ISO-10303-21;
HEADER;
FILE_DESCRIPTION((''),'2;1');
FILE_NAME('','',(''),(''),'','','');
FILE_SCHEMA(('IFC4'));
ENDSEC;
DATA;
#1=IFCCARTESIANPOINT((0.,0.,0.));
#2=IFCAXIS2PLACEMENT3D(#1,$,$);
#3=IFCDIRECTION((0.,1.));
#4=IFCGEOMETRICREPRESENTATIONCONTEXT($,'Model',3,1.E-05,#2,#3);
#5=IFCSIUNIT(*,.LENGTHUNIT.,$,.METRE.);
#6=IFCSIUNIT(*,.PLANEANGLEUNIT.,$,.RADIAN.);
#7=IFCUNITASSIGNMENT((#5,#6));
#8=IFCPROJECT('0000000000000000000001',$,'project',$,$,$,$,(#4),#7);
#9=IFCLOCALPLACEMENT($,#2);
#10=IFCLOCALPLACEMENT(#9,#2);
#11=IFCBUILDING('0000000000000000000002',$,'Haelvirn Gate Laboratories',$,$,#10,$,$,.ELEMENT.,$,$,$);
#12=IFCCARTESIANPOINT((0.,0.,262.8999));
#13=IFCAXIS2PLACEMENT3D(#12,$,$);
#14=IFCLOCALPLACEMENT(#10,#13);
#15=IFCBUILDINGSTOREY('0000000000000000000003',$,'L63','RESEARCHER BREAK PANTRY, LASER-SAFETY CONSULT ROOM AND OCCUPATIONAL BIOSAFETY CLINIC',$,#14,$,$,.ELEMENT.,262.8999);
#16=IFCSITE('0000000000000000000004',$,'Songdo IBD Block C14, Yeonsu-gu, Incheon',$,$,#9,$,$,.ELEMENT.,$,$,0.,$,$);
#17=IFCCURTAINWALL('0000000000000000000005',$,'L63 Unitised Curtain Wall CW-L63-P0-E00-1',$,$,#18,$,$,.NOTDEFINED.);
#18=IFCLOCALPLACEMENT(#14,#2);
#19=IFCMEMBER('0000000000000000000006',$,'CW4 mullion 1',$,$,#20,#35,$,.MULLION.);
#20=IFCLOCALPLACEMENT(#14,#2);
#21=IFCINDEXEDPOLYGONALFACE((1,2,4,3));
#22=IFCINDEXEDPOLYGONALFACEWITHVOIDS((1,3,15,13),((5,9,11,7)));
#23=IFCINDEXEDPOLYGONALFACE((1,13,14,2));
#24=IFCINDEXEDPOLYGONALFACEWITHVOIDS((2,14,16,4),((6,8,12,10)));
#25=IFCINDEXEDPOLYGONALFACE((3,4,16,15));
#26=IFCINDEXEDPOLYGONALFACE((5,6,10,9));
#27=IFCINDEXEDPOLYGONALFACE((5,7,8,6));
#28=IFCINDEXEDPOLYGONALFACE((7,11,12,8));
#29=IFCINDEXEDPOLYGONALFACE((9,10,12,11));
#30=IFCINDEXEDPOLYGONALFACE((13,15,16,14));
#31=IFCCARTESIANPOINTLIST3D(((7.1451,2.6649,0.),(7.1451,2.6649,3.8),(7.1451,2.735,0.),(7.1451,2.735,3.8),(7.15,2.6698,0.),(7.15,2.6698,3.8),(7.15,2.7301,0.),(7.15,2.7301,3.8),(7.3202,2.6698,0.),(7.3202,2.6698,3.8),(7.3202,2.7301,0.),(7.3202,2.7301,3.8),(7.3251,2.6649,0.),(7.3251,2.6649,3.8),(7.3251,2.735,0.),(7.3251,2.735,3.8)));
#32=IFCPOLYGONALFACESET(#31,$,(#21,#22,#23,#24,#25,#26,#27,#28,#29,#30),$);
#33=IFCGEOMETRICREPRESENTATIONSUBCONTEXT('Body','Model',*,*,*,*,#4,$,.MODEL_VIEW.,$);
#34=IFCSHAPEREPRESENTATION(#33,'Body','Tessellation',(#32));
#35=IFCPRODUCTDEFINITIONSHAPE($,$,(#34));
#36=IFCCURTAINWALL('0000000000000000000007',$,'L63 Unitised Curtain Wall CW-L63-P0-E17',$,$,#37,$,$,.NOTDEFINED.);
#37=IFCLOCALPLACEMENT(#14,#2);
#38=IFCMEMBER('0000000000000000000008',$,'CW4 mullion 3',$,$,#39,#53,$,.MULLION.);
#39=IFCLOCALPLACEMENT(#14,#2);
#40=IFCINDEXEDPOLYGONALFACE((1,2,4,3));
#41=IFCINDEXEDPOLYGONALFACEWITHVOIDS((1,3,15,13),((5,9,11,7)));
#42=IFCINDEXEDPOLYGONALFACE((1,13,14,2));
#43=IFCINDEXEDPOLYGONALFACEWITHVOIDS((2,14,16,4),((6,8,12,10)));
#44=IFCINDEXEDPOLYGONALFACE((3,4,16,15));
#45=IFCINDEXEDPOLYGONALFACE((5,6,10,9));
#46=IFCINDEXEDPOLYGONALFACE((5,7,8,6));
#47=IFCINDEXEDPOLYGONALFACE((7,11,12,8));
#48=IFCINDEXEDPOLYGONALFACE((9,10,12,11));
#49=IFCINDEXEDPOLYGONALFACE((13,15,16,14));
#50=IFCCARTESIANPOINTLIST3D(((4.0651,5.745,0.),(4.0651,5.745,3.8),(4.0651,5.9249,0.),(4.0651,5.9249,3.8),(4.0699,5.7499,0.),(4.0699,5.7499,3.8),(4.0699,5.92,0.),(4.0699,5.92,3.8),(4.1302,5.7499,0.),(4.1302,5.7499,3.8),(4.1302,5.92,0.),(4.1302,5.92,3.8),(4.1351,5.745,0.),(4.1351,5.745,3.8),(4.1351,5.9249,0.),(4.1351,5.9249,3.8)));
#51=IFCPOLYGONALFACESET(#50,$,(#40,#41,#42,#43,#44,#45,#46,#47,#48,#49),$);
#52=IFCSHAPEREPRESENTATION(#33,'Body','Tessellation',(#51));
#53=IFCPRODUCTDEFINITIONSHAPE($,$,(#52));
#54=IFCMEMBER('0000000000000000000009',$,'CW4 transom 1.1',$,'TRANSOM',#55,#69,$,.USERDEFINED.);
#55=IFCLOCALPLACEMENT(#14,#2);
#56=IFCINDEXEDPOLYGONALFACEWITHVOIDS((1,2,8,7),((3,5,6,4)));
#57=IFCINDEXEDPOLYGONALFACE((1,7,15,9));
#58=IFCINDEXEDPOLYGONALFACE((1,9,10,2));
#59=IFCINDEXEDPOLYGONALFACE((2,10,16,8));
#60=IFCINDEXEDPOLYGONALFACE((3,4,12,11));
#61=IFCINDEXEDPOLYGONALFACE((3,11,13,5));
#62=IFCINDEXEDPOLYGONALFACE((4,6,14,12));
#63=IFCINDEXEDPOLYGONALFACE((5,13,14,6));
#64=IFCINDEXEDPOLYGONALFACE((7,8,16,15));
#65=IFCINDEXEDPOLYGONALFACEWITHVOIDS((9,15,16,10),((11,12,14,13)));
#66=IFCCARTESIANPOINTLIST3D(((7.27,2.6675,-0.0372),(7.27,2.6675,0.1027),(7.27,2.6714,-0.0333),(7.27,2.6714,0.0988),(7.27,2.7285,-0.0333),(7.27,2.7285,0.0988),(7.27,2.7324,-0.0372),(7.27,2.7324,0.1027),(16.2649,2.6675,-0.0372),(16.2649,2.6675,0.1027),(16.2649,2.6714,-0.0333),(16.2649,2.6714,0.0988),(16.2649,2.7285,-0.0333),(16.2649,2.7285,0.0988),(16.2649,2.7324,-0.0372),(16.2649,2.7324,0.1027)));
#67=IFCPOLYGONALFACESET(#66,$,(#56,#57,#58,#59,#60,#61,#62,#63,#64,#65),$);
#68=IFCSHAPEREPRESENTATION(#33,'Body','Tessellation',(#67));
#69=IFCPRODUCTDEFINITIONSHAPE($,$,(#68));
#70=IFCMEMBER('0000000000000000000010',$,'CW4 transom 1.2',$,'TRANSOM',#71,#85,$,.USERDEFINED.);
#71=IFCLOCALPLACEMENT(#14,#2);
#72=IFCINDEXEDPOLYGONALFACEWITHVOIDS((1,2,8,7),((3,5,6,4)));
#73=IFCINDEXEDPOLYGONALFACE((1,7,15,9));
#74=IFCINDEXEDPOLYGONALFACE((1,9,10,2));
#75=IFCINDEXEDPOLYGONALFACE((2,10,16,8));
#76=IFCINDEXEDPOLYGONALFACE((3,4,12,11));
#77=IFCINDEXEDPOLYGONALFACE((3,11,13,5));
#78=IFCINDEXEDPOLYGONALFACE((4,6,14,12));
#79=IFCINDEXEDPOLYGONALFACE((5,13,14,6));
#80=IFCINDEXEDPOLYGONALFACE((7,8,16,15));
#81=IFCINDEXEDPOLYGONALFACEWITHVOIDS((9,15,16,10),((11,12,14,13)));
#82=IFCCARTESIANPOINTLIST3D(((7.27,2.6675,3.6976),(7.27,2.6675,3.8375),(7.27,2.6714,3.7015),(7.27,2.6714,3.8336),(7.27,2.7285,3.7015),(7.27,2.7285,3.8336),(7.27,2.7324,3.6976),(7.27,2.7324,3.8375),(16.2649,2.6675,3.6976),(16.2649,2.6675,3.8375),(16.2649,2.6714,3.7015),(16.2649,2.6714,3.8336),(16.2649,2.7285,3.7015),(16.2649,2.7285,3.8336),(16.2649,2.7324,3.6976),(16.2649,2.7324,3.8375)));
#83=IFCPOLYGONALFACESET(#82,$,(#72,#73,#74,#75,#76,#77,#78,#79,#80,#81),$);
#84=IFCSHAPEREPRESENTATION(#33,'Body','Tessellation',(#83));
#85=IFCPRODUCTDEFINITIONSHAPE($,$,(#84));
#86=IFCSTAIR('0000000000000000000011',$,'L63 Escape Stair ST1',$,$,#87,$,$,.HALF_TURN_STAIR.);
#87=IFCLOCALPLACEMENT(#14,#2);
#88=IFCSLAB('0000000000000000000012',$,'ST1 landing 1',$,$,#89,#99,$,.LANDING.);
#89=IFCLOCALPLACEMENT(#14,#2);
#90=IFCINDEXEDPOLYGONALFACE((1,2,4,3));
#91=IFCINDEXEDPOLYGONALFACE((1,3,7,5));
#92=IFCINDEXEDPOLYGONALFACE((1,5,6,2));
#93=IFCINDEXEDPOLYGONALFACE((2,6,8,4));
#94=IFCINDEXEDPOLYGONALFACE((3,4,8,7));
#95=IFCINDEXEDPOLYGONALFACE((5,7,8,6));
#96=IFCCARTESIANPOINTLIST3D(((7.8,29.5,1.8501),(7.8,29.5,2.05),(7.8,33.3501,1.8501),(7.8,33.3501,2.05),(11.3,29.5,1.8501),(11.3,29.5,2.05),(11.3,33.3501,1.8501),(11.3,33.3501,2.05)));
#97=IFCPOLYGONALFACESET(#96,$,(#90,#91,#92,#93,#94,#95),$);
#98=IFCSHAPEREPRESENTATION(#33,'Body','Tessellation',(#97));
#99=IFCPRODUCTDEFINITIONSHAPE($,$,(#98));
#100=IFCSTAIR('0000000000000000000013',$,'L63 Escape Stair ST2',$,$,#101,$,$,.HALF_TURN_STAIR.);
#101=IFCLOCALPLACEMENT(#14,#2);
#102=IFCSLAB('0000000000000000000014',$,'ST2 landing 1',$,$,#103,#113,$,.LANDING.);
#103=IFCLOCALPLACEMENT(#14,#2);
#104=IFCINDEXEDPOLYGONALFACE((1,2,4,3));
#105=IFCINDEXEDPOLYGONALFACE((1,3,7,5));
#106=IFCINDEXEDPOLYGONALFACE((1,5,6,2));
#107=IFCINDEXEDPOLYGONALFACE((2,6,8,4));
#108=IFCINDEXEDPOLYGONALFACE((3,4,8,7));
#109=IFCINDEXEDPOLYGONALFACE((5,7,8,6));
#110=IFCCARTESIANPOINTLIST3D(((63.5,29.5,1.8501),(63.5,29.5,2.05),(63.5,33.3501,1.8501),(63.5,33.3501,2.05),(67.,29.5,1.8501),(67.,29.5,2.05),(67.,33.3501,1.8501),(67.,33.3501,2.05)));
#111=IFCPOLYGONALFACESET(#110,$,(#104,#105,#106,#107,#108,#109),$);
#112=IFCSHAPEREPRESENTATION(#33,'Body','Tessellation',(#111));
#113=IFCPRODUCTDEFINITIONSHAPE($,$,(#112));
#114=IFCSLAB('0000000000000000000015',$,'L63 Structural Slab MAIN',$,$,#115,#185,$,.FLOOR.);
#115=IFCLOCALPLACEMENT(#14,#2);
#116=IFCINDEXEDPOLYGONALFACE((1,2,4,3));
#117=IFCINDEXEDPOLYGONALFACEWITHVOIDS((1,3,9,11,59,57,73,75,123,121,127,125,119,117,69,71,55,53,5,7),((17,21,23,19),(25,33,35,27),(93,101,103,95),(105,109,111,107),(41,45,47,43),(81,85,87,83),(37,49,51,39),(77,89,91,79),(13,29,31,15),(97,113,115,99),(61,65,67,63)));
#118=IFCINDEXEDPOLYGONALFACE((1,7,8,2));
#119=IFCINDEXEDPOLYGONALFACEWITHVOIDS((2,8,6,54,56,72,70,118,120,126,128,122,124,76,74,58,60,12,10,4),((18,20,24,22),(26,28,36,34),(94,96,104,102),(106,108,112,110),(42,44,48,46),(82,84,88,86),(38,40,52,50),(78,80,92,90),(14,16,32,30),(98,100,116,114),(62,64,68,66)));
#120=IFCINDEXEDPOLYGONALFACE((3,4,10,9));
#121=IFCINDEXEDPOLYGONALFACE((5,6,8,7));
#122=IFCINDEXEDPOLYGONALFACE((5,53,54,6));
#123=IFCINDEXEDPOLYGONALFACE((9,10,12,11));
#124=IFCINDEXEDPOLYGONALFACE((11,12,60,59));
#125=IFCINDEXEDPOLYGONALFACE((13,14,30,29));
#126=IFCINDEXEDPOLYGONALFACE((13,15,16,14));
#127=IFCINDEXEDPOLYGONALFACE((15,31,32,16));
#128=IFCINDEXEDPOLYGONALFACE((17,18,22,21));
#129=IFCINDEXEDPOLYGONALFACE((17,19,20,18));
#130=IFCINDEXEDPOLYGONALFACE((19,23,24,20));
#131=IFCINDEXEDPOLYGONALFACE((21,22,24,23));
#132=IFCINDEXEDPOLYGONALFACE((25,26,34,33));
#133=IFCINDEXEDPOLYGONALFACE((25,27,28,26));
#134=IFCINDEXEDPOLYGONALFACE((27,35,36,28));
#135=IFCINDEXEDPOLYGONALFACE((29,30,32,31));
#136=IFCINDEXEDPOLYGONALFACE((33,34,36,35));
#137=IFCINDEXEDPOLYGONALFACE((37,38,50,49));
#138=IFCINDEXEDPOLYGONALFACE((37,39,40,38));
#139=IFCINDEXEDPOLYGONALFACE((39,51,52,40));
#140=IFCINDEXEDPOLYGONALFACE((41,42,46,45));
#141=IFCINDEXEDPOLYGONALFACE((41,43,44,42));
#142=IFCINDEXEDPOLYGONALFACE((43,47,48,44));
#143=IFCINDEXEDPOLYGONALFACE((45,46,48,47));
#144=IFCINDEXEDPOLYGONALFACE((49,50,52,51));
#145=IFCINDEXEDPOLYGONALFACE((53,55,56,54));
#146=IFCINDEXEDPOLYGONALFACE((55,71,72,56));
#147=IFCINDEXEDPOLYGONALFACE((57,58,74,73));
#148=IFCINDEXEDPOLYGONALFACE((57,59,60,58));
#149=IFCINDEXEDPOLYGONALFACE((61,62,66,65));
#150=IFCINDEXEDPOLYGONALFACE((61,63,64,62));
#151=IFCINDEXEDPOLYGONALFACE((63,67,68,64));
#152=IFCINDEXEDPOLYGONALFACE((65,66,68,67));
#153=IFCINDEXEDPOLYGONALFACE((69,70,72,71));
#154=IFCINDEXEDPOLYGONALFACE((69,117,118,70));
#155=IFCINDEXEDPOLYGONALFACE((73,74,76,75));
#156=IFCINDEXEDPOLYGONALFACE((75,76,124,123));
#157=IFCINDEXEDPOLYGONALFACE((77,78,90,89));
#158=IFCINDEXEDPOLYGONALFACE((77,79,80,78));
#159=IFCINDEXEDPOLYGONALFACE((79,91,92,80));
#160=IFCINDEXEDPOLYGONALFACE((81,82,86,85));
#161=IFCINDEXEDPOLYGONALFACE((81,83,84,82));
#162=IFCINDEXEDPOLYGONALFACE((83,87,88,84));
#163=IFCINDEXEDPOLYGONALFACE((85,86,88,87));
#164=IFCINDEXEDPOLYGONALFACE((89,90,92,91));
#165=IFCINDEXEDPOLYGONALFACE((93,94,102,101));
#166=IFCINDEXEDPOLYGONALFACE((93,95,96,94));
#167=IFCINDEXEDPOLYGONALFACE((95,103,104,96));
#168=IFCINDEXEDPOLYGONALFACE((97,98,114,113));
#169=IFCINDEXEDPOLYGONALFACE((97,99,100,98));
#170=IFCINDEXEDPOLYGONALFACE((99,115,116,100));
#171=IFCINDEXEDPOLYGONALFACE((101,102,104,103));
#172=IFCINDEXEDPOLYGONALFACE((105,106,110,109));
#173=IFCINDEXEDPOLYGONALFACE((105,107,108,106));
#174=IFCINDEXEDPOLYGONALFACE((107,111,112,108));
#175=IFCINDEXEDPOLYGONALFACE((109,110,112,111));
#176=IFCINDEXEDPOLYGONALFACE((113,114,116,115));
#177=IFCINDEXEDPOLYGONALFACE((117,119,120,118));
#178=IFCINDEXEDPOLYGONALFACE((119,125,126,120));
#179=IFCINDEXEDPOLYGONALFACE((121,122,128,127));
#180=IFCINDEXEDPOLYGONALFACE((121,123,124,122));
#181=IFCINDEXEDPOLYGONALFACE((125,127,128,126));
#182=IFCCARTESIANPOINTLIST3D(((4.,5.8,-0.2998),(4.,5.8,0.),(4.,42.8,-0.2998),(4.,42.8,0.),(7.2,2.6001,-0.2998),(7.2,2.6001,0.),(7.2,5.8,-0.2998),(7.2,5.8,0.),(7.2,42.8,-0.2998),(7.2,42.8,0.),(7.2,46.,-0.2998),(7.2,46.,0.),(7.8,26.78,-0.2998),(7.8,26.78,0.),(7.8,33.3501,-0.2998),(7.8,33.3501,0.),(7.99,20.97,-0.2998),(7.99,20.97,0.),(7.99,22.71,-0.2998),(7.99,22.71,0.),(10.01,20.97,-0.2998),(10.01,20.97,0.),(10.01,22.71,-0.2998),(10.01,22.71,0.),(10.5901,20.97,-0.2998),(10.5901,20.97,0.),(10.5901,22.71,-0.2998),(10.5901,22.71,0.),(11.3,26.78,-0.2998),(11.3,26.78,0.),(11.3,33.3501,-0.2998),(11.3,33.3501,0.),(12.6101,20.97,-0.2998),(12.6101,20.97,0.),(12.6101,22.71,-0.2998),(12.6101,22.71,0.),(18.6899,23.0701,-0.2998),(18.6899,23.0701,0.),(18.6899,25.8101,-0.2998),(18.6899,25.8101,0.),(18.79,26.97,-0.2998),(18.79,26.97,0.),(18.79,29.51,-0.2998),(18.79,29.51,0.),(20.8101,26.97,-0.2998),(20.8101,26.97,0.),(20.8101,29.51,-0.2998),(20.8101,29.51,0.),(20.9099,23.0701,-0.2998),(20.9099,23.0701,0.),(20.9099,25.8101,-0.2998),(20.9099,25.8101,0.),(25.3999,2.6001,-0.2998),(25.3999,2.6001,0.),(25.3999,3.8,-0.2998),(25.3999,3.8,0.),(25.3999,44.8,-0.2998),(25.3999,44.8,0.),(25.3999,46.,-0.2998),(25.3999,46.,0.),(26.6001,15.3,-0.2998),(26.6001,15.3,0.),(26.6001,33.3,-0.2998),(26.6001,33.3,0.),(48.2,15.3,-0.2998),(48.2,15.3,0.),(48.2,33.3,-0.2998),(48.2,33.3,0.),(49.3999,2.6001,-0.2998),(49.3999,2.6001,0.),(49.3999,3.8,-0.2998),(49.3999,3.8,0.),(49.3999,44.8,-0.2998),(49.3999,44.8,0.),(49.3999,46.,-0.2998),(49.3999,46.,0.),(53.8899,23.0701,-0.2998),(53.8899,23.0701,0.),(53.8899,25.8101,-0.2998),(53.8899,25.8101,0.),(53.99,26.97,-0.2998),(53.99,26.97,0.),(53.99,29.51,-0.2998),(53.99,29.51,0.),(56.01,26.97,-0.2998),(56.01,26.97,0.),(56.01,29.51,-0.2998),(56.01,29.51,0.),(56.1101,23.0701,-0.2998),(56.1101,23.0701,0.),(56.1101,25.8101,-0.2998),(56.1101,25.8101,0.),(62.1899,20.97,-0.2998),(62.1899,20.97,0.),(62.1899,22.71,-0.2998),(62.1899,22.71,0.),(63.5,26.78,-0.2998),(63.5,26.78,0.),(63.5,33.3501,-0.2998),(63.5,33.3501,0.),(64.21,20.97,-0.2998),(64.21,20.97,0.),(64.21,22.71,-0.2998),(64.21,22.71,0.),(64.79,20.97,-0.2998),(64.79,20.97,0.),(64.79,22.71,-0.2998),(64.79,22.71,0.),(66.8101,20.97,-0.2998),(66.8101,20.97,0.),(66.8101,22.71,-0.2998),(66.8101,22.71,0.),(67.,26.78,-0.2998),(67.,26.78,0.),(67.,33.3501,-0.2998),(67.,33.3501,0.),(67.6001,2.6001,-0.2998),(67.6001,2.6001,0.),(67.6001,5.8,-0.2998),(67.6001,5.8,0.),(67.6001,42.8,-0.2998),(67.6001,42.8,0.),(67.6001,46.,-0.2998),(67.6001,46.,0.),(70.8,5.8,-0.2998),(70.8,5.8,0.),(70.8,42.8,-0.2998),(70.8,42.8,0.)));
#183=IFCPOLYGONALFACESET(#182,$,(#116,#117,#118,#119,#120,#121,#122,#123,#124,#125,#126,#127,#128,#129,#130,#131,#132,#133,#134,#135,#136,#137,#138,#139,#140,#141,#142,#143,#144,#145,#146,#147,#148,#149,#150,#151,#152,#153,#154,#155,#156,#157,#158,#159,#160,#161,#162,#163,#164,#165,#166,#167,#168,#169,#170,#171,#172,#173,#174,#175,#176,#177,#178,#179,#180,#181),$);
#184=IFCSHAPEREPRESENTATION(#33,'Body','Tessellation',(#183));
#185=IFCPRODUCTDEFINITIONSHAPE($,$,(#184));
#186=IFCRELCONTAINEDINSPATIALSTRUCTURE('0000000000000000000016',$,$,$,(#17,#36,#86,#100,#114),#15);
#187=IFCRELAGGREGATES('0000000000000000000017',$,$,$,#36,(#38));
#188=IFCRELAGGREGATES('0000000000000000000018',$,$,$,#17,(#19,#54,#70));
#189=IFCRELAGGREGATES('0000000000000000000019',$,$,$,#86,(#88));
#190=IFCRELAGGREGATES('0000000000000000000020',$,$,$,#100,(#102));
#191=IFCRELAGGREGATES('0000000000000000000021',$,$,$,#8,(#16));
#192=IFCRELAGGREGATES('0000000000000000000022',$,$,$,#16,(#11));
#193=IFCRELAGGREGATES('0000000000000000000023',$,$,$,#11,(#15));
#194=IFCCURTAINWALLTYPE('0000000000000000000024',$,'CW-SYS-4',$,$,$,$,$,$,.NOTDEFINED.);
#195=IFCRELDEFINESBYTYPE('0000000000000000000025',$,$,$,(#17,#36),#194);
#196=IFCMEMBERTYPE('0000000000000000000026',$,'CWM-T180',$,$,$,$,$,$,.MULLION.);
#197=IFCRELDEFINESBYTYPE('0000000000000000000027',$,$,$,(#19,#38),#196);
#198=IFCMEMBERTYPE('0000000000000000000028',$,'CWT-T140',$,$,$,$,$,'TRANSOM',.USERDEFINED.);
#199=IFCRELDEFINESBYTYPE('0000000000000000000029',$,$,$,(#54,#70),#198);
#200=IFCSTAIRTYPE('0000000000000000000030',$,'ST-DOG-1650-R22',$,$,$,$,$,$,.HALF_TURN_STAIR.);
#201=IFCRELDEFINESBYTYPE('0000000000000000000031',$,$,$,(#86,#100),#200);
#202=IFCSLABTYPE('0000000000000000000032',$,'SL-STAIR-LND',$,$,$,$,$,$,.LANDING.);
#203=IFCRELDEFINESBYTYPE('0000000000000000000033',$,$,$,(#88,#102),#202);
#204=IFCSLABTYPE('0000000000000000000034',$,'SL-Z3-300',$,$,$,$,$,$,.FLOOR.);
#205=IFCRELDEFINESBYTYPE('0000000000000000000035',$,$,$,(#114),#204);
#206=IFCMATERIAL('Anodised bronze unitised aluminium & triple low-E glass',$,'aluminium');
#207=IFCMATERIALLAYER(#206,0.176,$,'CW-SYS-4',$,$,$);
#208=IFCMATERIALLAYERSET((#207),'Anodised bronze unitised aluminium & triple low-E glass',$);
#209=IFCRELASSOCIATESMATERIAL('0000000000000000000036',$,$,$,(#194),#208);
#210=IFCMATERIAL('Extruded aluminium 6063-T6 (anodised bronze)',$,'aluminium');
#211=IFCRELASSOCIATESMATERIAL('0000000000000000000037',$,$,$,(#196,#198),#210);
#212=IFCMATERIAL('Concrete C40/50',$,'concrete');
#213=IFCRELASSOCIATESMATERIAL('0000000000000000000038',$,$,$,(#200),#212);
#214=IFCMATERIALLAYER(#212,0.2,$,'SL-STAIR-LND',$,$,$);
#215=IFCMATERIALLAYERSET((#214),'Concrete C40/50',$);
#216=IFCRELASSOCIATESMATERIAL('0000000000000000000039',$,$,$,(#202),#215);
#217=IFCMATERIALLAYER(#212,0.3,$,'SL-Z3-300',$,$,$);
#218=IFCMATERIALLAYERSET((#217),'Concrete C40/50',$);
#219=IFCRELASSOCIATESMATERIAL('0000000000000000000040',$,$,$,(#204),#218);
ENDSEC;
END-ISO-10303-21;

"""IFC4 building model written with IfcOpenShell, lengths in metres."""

from ifc_helpers import new_model, si_unit, direction, frame, origin, origin_2d, place, context, subcontext, project, spatial, polyline, hollow_rectangle, outline, extrude, source, transform, mapped, material, layer, layer_set, material_profile, profile_set, type_object, type_shapes, element, aggregate, save


model = new_model("IFC4")

# Units and contexts
model_context = context("Model", 3, precision=1e-05, world=origin(), true_north=direction((0.0, 1.0)))
body_context = subcontext(model_context, "Body", "Model", "MODEL_VIEW")
ifc_project = project(units=[si_unit("LENGTHUNIT", "METRE"), si_unit("PLANEANGLEUNIT", "RADIAN")], contexts=[model_context])

# Site, building, storey
site_placement = place(None, origin())
site = spatial("IfcSite", under=ifc_project, at=site_placement, Name="Songdo IBD Block C14, Yeonsu-gu, Incheon", CompositionType="ELEMENT", RefElevation=0.0)
building_placement = place(site_placement, origin())
building = spatial("IfcBuilding", under=site, at=building_placement, Name="Haelvirn Gate Laboratories", CompositionType="ELEMENT")
storey_placement = place(building_placement, frame((0.0, 0.0, 262.8999)))
storey = spatial("IfcBuildingStorey", under=building, at=storey_placement, Name="L63", Description="RESEARCHER BREAK PANTRY, LASER-SAFETY CONSULT ROOM AND OCCUPATIONAL BIOSAFETY CLINIC", CompositionType="ELEMENT", Elevation=262.8999)

# Curtain walls, members
ifc_material_1 = material(Name="Anodised bronze unitised aluminium & triple low-E glass", Category="aluminium")
ifc_layer_1 = layer(ifc_material_1, 0.176, Name="CW-SYS-4")
ifc_layer_set_1 = layer_set([ifc_layer_1], Name="Anodised bronze unitised aluminium & triple low-E glass")
curtain_wall_type = type_object("IfcCurtainWallType", Name="CW-SYS-4", PredefinedType="NOTDEFINED", material=ifc_layer_set_1)
curtain_wall_1_placement = place(storey_placement, origin())
curtain_wall_1 = element("IfcCurtainWall", 1, at=curtain_wall_1_placement, inside=storey, type_object=curtain_wall_type, Name="L63 Unitised Curtain Wall CW-L63-P0-E00-1", PredefinedType="NOTDEFINED")
ifc_material_2 = material(Name="Extruded aluminium 6063-T6 (anodised bronze)", Category="aluminium")
ifc_material_profile_1 = material_profile(ifc_material_2, hollow_rectangle(XDim=0.0701, YDim=0.1799, WallThickness=0.0049, at=origin_2d()), Name="CWM-180x70x5")
ifc_profile_set_1 = profile_set([ifc_material_profile_1], Name="Extruded aluminium 6063-T6 (anodised bronze)")
member_type_1 = type_object("IfcMemberType", Name="CWM-T180", PredefinedType="MULLION", material=ifc_profile_set_1)
shared_shape_1 = source(origin(), body_context, "Body", "SweptSolid", [
    extrude(hollow_rectangle(XDim=0.0701, YDim=0.1799, WallThickness=0.0049, at=origin_2d()), origin(), (0.0, 0.0, 1.0), 3.8),
])
type_shapes(member_type_1, [shared_shape_1])
member_1_placement = place(storey_placement, frame((7.2351, 2.7, 0.0), z_axis=(0.0, 0.0, 1.0), x_axis=(0.0, 1.0, 0.0)))
member_1 = element("IfcMember", 2, at=member_1_placement, type_object=member_type_1, Name="CW4 mullion 1", PredefinedType="MULLION", context=body_context, shape_type="MappedRepresentation", body=[
    mapped(shared_shape_1, transform((0.0, 0.0, 0.0), scale=1.0)),
])
curtain_wall_2_placement = place(storey_placement, origin())
curtain_wall_2 = element("IfcCurtainWall", 3, at=curtain_wall_2_placement, inside=storey, type_object=curtain_wall_type, Name="L63 Unitised Curtain Wall CW-L63-P0-E17", PredefinedType="NOTDEFINED")
member_2_placement = place(storey_placement, frame((4.1001, 5.835, 0.0), z_axis=(0.0, 0.0, 1.0), x_axis=(1.0, 0.0, 0.0)))
member_2 = element("IfcMember", 4, at=member_2_placement, type_object=member_type_1, Name="CW4 mullion 3", PredefinedType="MULLION", context=body_context, shape_type="MappedRepresentation", body=[
    mapped(shared_shape_1, transform((0.0, 0.0, 0.0), scale=1.0)),
])
aggregate(curtain_wall_2, [member_2])

# Members
ifc_material_profile_2 = material_profile(ifc_material_2, hollow_rectangle(XDim=0.0649, YDim=0.1399, WallThickness=0.0039, at=origin_2d()), Name="CWT-140x65x4")
ifc_profile_set_2 = profile_set([ifc_material_profile_2], Name="Extruded aluminium 6063-T6 (anodised bronze)")
member_type_2 = type_object("IfcMemberType", Name="CWT-T140", ElementType="TRANSOM", PredefinedType="USERDEFINED", material=ifc_profile_set_2)
shared_shape_2 = source(origin(), body_context, "Body", "SweptSolid", [
    extrude(hollow_rectangle(XDim=0.0649, YDim=0.1399, WallThickness=0.0039, at=origin_2d()), origin(), (0.0, 0.0, 1.0), 8.9949),
])
type_shapes(member_type_2, [shared_shape_2])
member_3_placement = place(storey_placement, frame((7.27, 2.7, 0.0327), z_axis=(1.0, 0.0, 0.0), x_axis=(0.0, 1.0, 0.0)))
member_3 = element("IfcMember", 5, at=member_3_placement, type_object=member_type_2, Name="CW4 transom 1.1", ObjectType="TRANSOM", PredefinedType="USERDEFINED", context=body_context, shape_type="MappedRepresentation", body=[
    mapped(shared_shape_2, transform((0.0, 0.0, 0.0), scale=1.0)),
])
member_4_placement = place(storey_placement, frame((7.27, 2.7, 3.7676), z_axis=(1.0, 0.0, 0.0), x_axis=(0.0, 1.0, 0.0)))
member_4 = element("IfcMember", 6, at=member_4_placement, type_object=member_type_2, Name="CW4 transom 1.2", ObjectType="TRANSOM", PredefinedType="USERDEFINED", context=body_context, shape_type="MappedRepresentation", body=[
    mapped(shared_shape_2, transform((0.0, 0.0, 0.0), scale=1.0)),
])
aggregate(curtain_wall_1, [member_1, member_3, member_4])

# Stairs, slabs
ifc_material_3 = material(Name="Concrete C40/50", Category="concrete")
stair_type = type_object("IfcStairType", Name="ST-DOG-1650-R22", PredefinedType="HALF_TURN_STAIR", material=ifc_material_3)
stair_1_placement = place(storey_placement, origin())
stair_1 = element("IfcStair", 7, at=stair_1_placement, inside=storey, type_object=stair_type, Name="L63 Escape Stair ST1", PredefinedType="HALF_TURN_STAIR")
ifc_layer_2 = layer(ifc_material_3, 0.2, Name="SL-STAIR-LND")
ifc_layer_set_2 = layer_set([ifc_layer_2], Name="Concrete C40/50")
slab_type_1 = type_object("IfcSlabType", Name="SL-STAIR-LND", PredefinedType="LANDING", material=ifc_layer_set_2)
slab_1_placement = place(storey_placement, frame((0.0, 0.0, 1.8501)))
slab_1 = element("IfcSlab", 8, at=slab_1_placement, type_object=slab_type_1, Name="ST1 landing 1", PredefinedType="LANDING", context=body_context, shape_type="SweptSolid", body=[
    extrude(outline(polyline([(11.3, 29.5), (11.3, 33.3501), (7.8, 33.3501), (7.8, 29.5), (11.3, 29.5)])), origin(), (0.0, 0.0, 1.0), 0.2),
])
aggregate(stair_1, [slab_1])
stair_2_placement = place(storey_placement, origin())
stair_2 = element("IfcStair", 9, at=stair_2_placement, inside=storey, type_object=stair_type, Name="L63 Escape Stair ST2", PredefinedType="HALF_TURN_STAIR")
slab_2_placement = place(storey_placement, frame((0.0, 0.0, 1.8501)))
slab_2 = element("IfcSlab", 10, at=slab_2_placement, type_object=slab_type_1, Name="ST2 landing 1", PredefinedType="LANDING", context=body_context, shape_type="SweptSolid", body=[
    extrude(outline(polyline([(67.0, 29.5), (67.0, 33.3501), (63.5, 33.3501), (63.5, 29.5), (67.0, 29.5)])), origin(), (0.0, 0.0, 1.0), 0.2),
])
aggregate(stair_2, [slab_2])

# Slab
ifc_layer_3 = layer(ifc_material_3, 0.3, Name="SL-Z3-300")
ifc_layer_set_3 = layer_set([ifc_layer_3], Name="Concrete C40/50")
slab_type_2 = type_object("IfcSlabType", Name="SL-Z3-300", PredefinedType="FLOOR", material=ifc_layer_set_3)
slab_3_placement = place(storey_placement, frame((0.0, 0.0, -0.2998)))
element("IfcSlab", 11, at=slab_3_placement, inside=storey, type_object=slab_type_2, Name="L63 Structural Slab MAIN", PredefinedType="FLOOR", context=body_context, shape_type="SweptSolid", body=[
    extrude(outline(polyline([(7.2, 2.6001), (25.3999, 2.6001), (25.3999, 3.8), (49.3999, 3.8), (49.3999, 2.6001), (67.6001, 2.6001), (67.6001, 5.8), (70.8, 5.8), (70.8, 42.8), (67.6001, 42.8), (67.6001, 46.0), (49.3999, 46.0), (49.3999, 44.8), (25.3999, 44.8), (25.3999, 46.0), (7.2, 46.0), (7.2, 42.8), (4.0, 42.8), (4.0, 5.8), (7.2, 5.8), (7.2, 2.6001)]), holes=[polyline([(26.6001, 15.3), (48.2, 15.3), (48.2, 33.3), (26.6001, 33.3), (26.6001, 15.3)]), polyline([(11.3, 26.78), (11.3, 33.3501), (7.8, 33.3501), (7.8, 26.78), (11.3, 26.78)]), polyline([(67.0, 26.78), (67.0, 33.3501), (63.5, 33.3501), (63.5, 26.78), (67.0, 26.78)]), polyline([(7.99, 20.97), (10.01, 20.97), (10.01, 22.71), (7.99, 22.71), (7.99, 20.97)]), polyline([(10.5901, 20.97), (12.6101, 20.97), (12.6101, 22.71), (10.5901, 22.71), (10.5901, 20.97)]), polyline([(18.79, 26.97), (20.8101, 26.97), (20.8101, 29.51), (18.79, 29.51), (18.79, 26.97)]), polyline([(18.6899, 23.0701), (20.9099, 23.0701), (20.9099, 25.8101), (18.6899, 25.8101), (18.6899, 23.0701)]), polyline([(64.79, 20.97), (66.8101, 20.97), (66.8101, 22.71), (64.79, 22.71), (64.79, 20.97)]), polyline([(62.1899, 20.97), (64.21, 20.97), (64.21, 22.71), (62.1899, 22.71), (62.1899, 20.97)]), polyline([(53.99, 26.97), (56.01, 26.97), (56.01, 29.51), (53.99, 29.51), (53.99, 26.97)]), polyline([(53.8899, 23.0701), (56.1101, 23.0701), (56.1101, 25.8101), (53.8899, 25.8101), (53.8899, 23.0701)])]), origin(), (0.0, 0.0, 1.0), 0.2998),
])

save(model, "model.ifc")
